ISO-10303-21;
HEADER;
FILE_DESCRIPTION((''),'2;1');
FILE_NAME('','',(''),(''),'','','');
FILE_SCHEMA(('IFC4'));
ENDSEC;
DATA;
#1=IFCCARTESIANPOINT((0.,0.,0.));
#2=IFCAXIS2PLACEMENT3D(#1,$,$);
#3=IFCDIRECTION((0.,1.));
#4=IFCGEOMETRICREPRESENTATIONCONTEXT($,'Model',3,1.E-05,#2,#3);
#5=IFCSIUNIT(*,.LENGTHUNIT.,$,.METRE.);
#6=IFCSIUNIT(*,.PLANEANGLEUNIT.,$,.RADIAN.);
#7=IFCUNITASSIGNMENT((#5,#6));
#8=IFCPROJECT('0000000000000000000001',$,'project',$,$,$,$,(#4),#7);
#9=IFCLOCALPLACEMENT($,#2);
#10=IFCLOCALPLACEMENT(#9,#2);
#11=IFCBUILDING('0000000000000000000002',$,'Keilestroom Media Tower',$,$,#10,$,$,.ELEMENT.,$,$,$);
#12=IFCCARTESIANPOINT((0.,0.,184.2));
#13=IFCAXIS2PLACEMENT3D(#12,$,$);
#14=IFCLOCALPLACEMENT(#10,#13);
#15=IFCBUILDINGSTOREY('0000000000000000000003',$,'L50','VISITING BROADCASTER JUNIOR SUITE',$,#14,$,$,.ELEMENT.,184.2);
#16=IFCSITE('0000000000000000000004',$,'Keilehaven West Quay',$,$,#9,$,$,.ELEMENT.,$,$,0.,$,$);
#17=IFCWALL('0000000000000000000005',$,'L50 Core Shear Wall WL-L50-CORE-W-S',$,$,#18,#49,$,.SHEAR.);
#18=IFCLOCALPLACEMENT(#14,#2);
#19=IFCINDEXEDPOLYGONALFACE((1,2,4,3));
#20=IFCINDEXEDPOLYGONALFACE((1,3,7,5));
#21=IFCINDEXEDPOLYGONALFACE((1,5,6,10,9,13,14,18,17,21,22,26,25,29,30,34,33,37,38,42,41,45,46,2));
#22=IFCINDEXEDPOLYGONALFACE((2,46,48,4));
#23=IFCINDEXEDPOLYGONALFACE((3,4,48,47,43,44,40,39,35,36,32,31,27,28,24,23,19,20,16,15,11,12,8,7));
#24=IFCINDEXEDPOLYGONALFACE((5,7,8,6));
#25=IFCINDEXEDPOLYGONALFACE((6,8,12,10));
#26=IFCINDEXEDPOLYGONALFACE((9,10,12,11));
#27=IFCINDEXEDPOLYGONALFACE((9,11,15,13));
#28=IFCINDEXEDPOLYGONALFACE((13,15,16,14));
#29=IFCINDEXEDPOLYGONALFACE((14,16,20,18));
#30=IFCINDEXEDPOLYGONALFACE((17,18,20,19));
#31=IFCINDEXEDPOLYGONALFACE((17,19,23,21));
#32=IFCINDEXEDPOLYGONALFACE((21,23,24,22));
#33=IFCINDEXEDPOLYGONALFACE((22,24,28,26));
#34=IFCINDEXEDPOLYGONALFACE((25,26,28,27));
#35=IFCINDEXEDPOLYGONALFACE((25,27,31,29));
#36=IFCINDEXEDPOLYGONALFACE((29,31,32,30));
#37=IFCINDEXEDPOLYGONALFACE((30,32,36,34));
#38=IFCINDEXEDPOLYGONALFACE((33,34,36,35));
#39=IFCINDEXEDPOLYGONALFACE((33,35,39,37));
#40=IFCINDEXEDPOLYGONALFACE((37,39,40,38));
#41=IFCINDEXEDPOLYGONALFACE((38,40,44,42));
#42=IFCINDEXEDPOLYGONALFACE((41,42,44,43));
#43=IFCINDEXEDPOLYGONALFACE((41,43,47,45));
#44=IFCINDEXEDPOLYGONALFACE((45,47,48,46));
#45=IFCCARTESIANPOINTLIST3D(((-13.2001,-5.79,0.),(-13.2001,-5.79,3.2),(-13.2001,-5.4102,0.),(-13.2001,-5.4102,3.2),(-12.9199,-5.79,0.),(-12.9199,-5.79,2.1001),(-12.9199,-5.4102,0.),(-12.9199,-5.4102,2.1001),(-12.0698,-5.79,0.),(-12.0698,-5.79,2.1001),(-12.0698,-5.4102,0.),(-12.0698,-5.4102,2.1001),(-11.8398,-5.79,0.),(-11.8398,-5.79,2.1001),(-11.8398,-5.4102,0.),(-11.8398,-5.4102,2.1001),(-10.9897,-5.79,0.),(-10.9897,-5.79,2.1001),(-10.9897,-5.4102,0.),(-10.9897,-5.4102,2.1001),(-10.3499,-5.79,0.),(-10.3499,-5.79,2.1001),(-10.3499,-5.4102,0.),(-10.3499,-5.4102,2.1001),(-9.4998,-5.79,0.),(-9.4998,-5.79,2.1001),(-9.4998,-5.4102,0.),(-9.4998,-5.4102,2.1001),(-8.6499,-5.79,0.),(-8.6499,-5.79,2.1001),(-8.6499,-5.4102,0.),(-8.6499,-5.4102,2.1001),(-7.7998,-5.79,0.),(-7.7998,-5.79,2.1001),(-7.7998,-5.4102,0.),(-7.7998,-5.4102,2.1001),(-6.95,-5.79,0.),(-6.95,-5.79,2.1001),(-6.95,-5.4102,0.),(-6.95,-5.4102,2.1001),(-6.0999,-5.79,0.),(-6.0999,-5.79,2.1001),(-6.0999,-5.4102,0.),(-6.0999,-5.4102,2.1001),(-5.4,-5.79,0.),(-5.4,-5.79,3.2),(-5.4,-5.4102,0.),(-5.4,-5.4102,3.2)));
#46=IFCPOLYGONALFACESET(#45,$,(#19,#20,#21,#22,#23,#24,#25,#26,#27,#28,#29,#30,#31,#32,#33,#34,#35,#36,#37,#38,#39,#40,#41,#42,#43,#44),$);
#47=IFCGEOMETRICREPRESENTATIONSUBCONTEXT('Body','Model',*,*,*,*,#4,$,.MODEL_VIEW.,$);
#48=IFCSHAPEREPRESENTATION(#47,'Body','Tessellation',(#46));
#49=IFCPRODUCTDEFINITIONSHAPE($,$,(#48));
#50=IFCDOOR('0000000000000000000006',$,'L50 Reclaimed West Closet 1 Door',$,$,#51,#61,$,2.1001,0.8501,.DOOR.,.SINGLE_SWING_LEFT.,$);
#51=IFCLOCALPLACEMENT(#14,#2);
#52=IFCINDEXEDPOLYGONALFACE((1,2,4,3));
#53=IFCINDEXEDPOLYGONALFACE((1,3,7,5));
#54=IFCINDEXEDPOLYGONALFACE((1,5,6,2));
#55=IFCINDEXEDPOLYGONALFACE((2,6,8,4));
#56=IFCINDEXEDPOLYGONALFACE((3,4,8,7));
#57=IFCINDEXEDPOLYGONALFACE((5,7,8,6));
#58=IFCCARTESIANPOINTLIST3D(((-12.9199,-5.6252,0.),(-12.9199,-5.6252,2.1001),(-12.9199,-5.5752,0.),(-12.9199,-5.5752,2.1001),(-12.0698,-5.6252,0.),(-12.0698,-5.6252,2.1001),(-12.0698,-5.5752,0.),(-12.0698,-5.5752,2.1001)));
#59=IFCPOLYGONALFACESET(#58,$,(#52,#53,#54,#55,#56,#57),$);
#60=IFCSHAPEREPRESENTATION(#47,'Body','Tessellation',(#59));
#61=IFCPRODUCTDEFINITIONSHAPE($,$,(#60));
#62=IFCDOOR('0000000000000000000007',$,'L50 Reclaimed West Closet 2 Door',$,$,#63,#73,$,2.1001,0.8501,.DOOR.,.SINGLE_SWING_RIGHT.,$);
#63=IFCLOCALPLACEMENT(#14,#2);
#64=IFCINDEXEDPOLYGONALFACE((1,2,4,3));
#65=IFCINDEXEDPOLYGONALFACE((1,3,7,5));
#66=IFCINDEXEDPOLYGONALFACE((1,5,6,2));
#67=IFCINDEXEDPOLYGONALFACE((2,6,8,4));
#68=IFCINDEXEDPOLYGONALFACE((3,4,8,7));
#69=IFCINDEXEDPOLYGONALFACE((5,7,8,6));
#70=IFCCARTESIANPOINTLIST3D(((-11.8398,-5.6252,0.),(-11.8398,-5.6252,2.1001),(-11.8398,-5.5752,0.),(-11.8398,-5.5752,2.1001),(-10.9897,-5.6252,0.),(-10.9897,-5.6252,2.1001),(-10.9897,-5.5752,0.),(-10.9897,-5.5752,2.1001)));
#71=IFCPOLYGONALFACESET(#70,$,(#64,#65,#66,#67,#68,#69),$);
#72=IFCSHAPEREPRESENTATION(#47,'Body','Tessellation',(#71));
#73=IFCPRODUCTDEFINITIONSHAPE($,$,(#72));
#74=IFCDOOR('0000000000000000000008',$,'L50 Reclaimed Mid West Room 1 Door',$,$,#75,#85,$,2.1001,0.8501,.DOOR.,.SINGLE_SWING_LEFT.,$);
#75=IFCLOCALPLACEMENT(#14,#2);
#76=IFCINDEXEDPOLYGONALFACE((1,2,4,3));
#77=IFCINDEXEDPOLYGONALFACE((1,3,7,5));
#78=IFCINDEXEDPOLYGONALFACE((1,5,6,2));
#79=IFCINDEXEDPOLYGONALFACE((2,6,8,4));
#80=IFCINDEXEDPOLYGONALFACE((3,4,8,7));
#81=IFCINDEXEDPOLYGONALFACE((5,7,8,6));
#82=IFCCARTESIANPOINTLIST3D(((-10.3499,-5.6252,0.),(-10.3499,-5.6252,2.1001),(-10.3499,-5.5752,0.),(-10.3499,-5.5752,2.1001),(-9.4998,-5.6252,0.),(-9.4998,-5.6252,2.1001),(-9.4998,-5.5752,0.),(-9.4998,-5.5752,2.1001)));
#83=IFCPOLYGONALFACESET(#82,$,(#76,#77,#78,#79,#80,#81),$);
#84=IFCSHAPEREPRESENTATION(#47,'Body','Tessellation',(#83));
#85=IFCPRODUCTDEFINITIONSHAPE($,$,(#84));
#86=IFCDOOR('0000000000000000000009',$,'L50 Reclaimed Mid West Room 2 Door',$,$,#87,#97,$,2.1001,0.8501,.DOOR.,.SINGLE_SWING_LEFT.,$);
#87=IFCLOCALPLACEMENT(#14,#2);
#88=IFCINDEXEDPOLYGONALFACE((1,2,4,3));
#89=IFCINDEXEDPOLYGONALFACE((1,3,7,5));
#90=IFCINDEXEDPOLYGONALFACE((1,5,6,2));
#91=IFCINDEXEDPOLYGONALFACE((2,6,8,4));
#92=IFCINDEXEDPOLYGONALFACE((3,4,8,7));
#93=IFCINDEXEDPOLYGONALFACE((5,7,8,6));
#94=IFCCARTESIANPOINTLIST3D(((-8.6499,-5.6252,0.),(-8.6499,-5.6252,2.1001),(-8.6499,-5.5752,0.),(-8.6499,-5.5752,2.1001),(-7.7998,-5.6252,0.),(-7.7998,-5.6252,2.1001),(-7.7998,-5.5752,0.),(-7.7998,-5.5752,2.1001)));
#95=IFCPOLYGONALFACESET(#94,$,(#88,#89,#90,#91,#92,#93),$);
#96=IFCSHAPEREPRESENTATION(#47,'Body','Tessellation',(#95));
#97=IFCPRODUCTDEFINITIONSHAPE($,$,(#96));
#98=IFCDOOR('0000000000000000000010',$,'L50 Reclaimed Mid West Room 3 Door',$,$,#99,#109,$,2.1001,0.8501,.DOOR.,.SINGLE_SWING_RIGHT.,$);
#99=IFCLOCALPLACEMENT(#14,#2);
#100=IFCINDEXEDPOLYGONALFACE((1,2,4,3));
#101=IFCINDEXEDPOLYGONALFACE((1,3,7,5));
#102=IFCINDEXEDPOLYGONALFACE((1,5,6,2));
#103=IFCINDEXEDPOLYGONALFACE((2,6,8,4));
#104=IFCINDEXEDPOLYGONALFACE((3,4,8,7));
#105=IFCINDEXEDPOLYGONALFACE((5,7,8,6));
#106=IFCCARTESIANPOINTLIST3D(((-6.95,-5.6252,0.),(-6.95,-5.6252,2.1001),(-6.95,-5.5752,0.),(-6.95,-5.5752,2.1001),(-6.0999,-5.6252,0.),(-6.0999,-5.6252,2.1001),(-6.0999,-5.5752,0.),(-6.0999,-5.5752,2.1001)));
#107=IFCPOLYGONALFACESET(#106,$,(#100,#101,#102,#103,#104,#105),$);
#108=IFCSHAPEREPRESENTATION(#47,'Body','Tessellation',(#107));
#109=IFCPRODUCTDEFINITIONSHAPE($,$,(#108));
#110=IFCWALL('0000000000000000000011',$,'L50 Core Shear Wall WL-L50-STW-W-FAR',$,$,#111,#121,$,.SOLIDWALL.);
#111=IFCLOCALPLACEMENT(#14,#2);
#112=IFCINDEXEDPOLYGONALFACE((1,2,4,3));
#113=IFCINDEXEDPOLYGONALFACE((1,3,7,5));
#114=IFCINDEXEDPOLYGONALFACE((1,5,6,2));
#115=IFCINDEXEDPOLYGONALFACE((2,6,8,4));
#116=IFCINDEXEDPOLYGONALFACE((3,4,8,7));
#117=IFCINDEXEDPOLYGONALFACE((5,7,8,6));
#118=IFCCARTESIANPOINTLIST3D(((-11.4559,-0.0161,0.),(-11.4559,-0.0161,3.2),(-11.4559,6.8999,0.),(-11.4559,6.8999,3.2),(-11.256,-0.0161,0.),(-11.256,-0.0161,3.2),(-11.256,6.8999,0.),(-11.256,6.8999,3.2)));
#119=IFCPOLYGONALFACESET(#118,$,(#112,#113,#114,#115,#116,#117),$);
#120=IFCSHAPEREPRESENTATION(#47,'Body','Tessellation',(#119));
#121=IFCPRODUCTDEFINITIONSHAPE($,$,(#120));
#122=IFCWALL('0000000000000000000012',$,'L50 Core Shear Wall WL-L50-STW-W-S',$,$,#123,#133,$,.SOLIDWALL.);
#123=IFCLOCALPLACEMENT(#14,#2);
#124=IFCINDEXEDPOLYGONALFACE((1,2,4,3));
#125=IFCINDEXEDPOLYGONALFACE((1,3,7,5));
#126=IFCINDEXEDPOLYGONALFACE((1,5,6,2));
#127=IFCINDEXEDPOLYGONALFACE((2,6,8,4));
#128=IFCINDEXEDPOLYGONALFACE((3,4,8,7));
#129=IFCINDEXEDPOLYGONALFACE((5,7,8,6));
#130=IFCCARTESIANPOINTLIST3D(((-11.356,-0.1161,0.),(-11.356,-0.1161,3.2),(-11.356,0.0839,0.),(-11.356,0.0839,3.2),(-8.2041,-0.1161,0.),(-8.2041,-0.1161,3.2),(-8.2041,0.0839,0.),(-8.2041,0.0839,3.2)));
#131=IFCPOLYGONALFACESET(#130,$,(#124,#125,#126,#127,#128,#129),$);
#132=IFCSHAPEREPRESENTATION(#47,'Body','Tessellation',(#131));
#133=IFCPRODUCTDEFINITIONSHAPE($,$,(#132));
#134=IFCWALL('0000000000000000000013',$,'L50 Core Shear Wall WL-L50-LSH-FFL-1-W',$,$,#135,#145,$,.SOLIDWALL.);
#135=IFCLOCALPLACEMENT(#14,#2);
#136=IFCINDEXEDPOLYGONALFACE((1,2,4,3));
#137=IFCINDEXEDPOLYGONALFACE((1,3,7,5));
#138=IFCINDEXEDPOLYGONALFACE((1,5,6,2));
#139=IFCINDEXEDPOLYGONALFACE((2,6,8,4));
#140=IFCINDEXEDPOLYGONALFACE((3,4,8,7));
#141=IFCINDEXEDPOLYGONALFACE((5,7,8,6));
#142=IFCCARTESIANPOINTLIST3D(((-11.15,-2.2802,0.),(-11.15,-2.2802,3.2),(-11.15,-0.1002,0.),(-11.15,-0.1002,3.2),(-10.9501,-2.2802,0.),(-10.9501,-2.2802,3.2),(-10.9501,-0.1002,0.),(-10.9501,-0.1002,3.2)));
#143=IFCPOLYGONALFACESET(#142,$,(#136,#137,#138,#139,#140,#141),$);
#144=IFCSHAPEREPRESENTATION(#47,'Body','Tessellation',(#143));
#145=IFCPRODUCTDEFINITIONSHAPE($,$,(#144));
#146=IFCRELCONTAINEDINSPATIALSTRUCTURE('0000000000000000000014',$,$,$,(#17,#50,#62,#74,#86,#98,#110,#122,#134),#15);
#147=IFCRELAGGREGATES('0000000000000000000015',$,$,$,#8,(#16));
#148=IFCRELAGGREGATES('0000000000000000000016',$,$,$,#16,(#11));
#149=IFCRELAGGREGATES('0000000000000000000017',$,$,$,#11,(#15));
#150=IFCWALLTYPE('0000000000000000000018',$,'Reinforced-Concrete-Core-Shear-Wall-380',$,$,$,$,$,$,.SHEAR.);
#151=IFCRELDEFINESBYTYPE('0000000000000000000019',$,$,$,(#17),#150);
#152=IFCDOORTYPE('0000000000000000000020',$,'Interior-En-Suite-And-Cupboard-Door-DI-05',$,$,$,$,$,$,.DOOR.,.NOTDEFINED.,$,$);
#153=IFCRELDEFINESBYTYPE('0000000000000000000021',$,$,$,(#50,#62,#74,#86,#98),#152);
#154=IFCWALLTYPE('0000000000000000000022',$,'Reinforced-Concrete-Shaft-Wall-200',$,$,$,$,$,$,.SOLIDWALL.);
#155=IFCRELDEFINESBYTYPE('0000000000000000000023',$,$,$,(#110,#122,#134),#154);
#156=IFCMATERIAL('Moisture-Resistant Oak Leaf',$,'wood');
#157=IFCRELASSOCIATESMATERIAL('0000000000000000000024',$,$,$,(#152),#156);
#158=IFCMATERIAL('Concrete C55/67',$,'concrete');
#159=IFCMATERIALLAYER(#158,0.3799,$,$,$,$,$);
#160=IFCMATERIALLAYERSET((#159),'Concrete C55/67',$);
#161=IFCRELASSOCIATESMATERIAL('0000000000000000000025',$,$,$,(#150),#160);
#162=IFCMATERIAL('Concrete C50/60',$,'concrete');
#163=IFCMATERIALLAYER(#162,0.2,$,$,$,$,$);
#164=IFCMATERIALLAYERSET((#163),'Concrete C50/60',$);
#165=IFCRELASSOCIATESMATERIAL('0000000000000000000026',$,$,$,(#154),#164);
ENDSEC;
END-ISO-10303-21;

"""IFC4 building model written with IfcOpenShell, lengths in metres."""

from ifc_helpers import new_model, si_unit, direction, frame, frame_2d, origin, place, context, subcontext, project, spatial, rectangle, extrude, source, transform, mapped, material, layer, layer_set, type_object, element, fill, save


model = new_model("IFC4")

# Units and contexts
model_context = context("Model", 3, precision=1e-05, world=origin(), true_north=direction((0.0, 1.0)))
body_context = subcontext(model_context, "Body", "Model", "MODEL_VIEW")
ifc_project = project(units=[si_unit("LENGTHUNIT", "METRE"), si_unit("PLANEANGLEUNIT", "RADIAN")], contexts=[model_context])

# Site, building, storey
site_placement = place(None, origin())
site = spatial("IfcSite", under=ifc_project, at=site_placement, Name="Keilehaven West Quay", CompositionType="ELEMENT", RefElevation=0.0)
building_placement = place(site_placement, origin())
building = spatial("IfcBuilding", under=site, at=building_placement, Name="Keilestroom Media Tower", CompositionType="ELEMENT")
storey_placement = place(building_placement, frame((0.0, 0.0, 184.2)))
storey = spatial("IfcBuildingStorey", under=building, at=storey_placement, Name="L50", Description="VISITING BROADCASTER JUNIOR SUITE", CompositionType="ELEMENT", Elevation=184.2)

# Shared definitions
ifc_material_1 = material(Name="Moisture-Resistant Oak Leaf", Category="wood")
door_type = type_object("IfcDoorType", Name="Interior-En-Suite-And-Cupboard-Door-DI-05", OperationType="NOTDEFINED", PredefinedType="DOOR", material=ifc_material_1)
shared_shape_1 = source(origin(), body_context, "Body", "SweptSolid", [
    extrude(rectangle(XDim=0.8501, YDim=2.1001, at=frame_2d((0.425, 1.05))), frame((0.0, 0.0249, 0.0), z_axis=(0.0, -1.0, 0.0), x_axis=(1.0, 0.0, 0.0)), (0.0, 0.0, 1.0), 0.05),
])

# Shared definitions
ifc_material_2 = material(Name="Concrete C55/67", Category="concrete")
ifc_layer_1 = layer(ifc_material_2, 0.3799)
ifc_layer_set_1 = layer_set([ifc_layer_1], Name="Concrete C55/67")
wall_type_1 = type_object("IfcWallType", Name="Reinforced-Concrete-Core-Shear-Wall-380", PredefinedType="SHEAR", material=ifc_layer_set_1)

# Wall, openings, doors
wall_1_placement = place(storey_placement, frame((-13.2, -5.6001, 0.0), z_axis=(0.0, 0.0, 1.0), x_axis=(1.0, 0.0, 0.0)))
wall_1 = element("IfcWall", 1, at=wall_1_placement, inside=storey, type_object=wall_type_1, Name="L50 Core Shear Wall WL-L50-CORE-W-S", PredefinedType="SHEAR", context=body_context, shape_type="SweptSolid", body=[
    extrude(rectangle(XDim=7.8, YDim=0.3799, at=frame_2d((3.8999, 0.0))), origin(), (0.0, 0.0, 1.0), 3.2),
])
opening_1_placement = place(wall_1_placement, frame((0.28, 0.0, 0.0)))
opening_1 = element("IfcOpeningElement", 2, at=opening_1_placement, cuts=wall_1, PredefinedType="OPENING", context=body_context, shape_type="SweptSolid", body=[
    extrude(rectangle(XDim=0.8501, YDim=2.1001, at=frame_2d((0.425, 1.05))), frame((0.0, 0.2, 0.0), z_axis=(0.0, -1.0, 0.0), x_axis=(1.0, 0.0, 0.0)), (0.0, 0.0, 1.0), 0.3999),
])
opening_2_placement = place(wall_1_placement, frame((1.3601, 0.0, 0.0)))
opening_2 = element("IfcOpeningElement", 3, at=opening_2_placement, cuts=wall_1, PredefinedType="OPENING", context=body_context, shape_type="SweptSolid", body=[
    extrude(rectangle(XDim=0.8501, YDim=2.1001, at=frame_2d((0.425, 1.05))), frame((0.0, 0.2, 0.0), z_axis=(0.0, -1.0, 0.0), x_axis=(1.0, 0.0, 0.0)), (0.0, 0.0, 1.0), 0.3999),
])
opening_3_placement = place(wall_1_placement, frame((2.8501, 0.0, 0.0)))
opening_3 = element("IfcOpeningElement", 4, at=opening_3_placement, cuts=wall_1, PredefinedType="OPENING", context=body_context, shape_type="SweptSolid", body=[
    extrude(rectangle(XDim=0.8501, YDim=2.1001, at=frame_2d((0.425, 1.05))), frame((0.0, 0.2, 0.0), z_axis=(0.0, -1.0, 0.0), x_axis=(1.0, 0.0, 0.0)), (0.0, 0.0, 1.0), 0.3999),
])
opening_4_placement = place(wall_1_placement, frame((4.55, 0.0, 0.0)))
opening_4 = element("IfcOpeningElement", 5, at=opening_4_placement, cuts=wall_1, PredefinedType="OPENING", context=body_context, shape_type="SweptSolid", body=[
    extrude(rectangle(XDim=0.8501, YDim=2.1001, at=frame_2d((0.425, 1.05))), frame((0.0, 0.2, 0.0), z_axis=(0.0, -1.0, 0.0), x_axis=(1.0, 0.0, 0.0)), (0.0, 0.0, 1.0), 0.3999),
])
opening_5_placement = place(wall_1_placement, frame((6.25, 0.0, 0.0)))
opening_5 = element("IfcOpeningElement", 6, at=opening_5_placement, cuts=wall_1, PredefinedType="OPENING", context=body_context, shape_type="SweptSolid", body=[
    extrude(rectangle(XDim=0.8501, YDim=2.1001, at=frame_2d((0.425, 1.05))), frame((0.0, 0.2, 0.0), z_axis=(0.0, -1.0, 0.0), x_axis=(1.0, 0.0, 0.0)), (0.0, 0.0, 1.0), 0.3999),
])
door_1_placement = place(opening_1_placement, origin())
door_1 = element("IfcDoor", 7, at=door_1_placement, inside=storey, type_object=door_type, Name="L50 Reclaimed West Closet 1 Door", OperationType="SINGLE_SWING_LEFT", OverallHeight=2.1001, OverallWidth=0.8501, PredefinedType="DOOR", context=body_context, shape_type="MappedRepresentation", body=[
    mapped(shared_shape_1, transform((0.0, 0.0, 0.0), x_axis=(1.0, 0.0, 0.0), y_axis=(0.0, 1.0, 0.0), z_axis=(0.0, 0.0, 1.0), scale=1.0)),
])
fill(opening_1, door_1)
door_2_placement = place(opening_2_placement, origin())
door_2 = element("IfcDoor", 8, at=door_2_placement, inside=storey, type_object=door_type, Name="L50 Reclaimed West Closet 2 Door", OperationType="SINGLE_SWING_RIGHT", OverallHeight=2.1001, OverallWidth=0.8501, PredefinedType="DOOR", context=body_context, shape_type="MappedRepresentation", body=[
    mapped(shared_shape_1, transform((0.0, 0.0, 0.0), x_axis=(1.0, 0.0, 0.0), y_axis=(0.0, 1.0, 0.0), z_axis=(0.0, 0.0, 1.0), scale=1.0)),
])
fill(opening_2, door_2)
door_3_placement = place(opening_3_placement, origin())
door_3 = element("IfcDoor", 9, at=door_3_placement, inside=storey, type_object=door_type, Name="L50 Reclaimed Mid West Room 1 Door", OperationType="SINGLE_SWING_LEFT", OverallHeight=2.1001, OverallWidth=0.8501, PredefinedType="DOOR", context=body_context, shape_type="MappedRepresentation", body=[
    mapped(shared_shape_1, transform((0.0, 0.0, 0.0), x_axis=(1.0, 0.0, 0.0), y_axis=(0.0, 1.0, 0.0), z_axis=(0.0, 0.0, 1.0), scale=1.0)),
])
fill(opening_3, door_3)
door_4_placement = place(opening_4_placement, origin())
door_4 = element("IfcDoor", 10, at=door_4_placement, inside=storey, type_object=door_type, Name="L50 Reclaimed Mid West Room 2 Door", OperationType="SINGLE_SWING_LEFT", OverallHeight=2.1001, OverallWidth=0.8501, PredefinedType="DOOR", context=body_context, shape_type="MappedRepresentation", body=[
    mapped(shared_shape_1, transform((0.0, 0.0, 0.0), x_axis=(1.0, 0.0, 0.0), y_axis=(0.0, 1.0, 0.0), z_axis=(0.0, 0.0, 1.0), scale=1.0)),
])
fill(opening_4, door_4)
door_5_placement = place(opening_5_placement, origin())
door_5 = element("IfcDoor", 11, at=door_5_placement, inside=storey, type_object=door_type, Name="L50 Reclaimed Mid West Room 3 Door", OperationType="SINGLE_SWING_RIGHT", OverallHeight=2.1001, OverallWidth=0.8501, PredefinedType="DOOR", context=body_context, shape_type="MappedRepresentation", body=[
    mapped(shared_shape_1, transform((0.0, 0.0, 0.0), x_axis=(1.0, 0.0, 0.0), y_axis=(0.0, 1.0, 0.0), z_axis=(0.0, 0.0, 1.0), scale=1.0)),
])
fill(opening_5, door_5)

# Walls
ifc_material_3 = material(Name="Concrete C50/60", Category="concrete")
ifc_layer_2 = layer(ifc_material_3, 0.2)
ifc_layer_set_2 = layer_set([ifc_layer_2], Name="Concrete C50/60")
wall_type_2 = type_object("IfcWallType", Name="Reinforced-Concrete-Shaft-Wall-200", PredefinedType="SOLIDWALL", material=ifc_layer_set_2)
wall_2_placement = place(storey_placement, frame((-11.356, -0.0161, 0.0), z_axis=(0.0, 0.0, 1.0), x_axis=(0.0, 1.0, 0.0)))
element("IfcWall", 12, at=wall_2_placement, inside=storey, type_object=wall_type_2, Name="L50 Core Shear Wall WL-L50-STW-W-FAR", PredefinedType="SOLIDWALL", context=body_context, shape_type="SweptSolid", body=[
    extrude(rectangle(XDim=6.916, YDim=0.2, at=frame_2d((3.458, 0.0))), origin(), (0.0, 0.0, 1.0), 3.2),
])
wall_3_placement = place(storey_placement, frame((-11.356, -0.0161, 0.0), z_axis=(0.0, 0.0, 1.0), x_axis=(1.0, 0.0, 0.0)))
element("IfcWall", 13, at=wall_3_placement, inside=storey, type_object=wall_type_2, Name="L50 Core Shear Wall WL-L50-STW-W-S", PredefinedType="SOLIDWALL", context=body_context, shape_type="SweptSolid", body=[
    extrude(rectangle(XDim=3.1519, YDim=0.2, at=frame_2d((1.5759, 0.0))), origin(), (0.0, 0.0, 1.0), 3.2),
])
wall_4_placement = place(storey_placement, frame((-11.05, -2.28, 0.0), z_axis=(0.0, 0.0, 1.0), x_axis=(0.0, 1.0, 0.0)))
element("IfcWall", 14, at=wall_4_placement, inside=storey, type_object=wall_type_2, Name="L50 Core Shear Wall WL-L50-LSH-FFL-1-W", PredefinedType="SOLIDWALL", context=body_context, shape_type="SweptSolid", body=[
    extrude(rectangle(XDim=2.1799, YDim=0.2, at=frame_2d((1.0898, 0.0))), origin(), (0.0, 0.0, 1.0), 3.2),
])

save(model, "model.ifc")
